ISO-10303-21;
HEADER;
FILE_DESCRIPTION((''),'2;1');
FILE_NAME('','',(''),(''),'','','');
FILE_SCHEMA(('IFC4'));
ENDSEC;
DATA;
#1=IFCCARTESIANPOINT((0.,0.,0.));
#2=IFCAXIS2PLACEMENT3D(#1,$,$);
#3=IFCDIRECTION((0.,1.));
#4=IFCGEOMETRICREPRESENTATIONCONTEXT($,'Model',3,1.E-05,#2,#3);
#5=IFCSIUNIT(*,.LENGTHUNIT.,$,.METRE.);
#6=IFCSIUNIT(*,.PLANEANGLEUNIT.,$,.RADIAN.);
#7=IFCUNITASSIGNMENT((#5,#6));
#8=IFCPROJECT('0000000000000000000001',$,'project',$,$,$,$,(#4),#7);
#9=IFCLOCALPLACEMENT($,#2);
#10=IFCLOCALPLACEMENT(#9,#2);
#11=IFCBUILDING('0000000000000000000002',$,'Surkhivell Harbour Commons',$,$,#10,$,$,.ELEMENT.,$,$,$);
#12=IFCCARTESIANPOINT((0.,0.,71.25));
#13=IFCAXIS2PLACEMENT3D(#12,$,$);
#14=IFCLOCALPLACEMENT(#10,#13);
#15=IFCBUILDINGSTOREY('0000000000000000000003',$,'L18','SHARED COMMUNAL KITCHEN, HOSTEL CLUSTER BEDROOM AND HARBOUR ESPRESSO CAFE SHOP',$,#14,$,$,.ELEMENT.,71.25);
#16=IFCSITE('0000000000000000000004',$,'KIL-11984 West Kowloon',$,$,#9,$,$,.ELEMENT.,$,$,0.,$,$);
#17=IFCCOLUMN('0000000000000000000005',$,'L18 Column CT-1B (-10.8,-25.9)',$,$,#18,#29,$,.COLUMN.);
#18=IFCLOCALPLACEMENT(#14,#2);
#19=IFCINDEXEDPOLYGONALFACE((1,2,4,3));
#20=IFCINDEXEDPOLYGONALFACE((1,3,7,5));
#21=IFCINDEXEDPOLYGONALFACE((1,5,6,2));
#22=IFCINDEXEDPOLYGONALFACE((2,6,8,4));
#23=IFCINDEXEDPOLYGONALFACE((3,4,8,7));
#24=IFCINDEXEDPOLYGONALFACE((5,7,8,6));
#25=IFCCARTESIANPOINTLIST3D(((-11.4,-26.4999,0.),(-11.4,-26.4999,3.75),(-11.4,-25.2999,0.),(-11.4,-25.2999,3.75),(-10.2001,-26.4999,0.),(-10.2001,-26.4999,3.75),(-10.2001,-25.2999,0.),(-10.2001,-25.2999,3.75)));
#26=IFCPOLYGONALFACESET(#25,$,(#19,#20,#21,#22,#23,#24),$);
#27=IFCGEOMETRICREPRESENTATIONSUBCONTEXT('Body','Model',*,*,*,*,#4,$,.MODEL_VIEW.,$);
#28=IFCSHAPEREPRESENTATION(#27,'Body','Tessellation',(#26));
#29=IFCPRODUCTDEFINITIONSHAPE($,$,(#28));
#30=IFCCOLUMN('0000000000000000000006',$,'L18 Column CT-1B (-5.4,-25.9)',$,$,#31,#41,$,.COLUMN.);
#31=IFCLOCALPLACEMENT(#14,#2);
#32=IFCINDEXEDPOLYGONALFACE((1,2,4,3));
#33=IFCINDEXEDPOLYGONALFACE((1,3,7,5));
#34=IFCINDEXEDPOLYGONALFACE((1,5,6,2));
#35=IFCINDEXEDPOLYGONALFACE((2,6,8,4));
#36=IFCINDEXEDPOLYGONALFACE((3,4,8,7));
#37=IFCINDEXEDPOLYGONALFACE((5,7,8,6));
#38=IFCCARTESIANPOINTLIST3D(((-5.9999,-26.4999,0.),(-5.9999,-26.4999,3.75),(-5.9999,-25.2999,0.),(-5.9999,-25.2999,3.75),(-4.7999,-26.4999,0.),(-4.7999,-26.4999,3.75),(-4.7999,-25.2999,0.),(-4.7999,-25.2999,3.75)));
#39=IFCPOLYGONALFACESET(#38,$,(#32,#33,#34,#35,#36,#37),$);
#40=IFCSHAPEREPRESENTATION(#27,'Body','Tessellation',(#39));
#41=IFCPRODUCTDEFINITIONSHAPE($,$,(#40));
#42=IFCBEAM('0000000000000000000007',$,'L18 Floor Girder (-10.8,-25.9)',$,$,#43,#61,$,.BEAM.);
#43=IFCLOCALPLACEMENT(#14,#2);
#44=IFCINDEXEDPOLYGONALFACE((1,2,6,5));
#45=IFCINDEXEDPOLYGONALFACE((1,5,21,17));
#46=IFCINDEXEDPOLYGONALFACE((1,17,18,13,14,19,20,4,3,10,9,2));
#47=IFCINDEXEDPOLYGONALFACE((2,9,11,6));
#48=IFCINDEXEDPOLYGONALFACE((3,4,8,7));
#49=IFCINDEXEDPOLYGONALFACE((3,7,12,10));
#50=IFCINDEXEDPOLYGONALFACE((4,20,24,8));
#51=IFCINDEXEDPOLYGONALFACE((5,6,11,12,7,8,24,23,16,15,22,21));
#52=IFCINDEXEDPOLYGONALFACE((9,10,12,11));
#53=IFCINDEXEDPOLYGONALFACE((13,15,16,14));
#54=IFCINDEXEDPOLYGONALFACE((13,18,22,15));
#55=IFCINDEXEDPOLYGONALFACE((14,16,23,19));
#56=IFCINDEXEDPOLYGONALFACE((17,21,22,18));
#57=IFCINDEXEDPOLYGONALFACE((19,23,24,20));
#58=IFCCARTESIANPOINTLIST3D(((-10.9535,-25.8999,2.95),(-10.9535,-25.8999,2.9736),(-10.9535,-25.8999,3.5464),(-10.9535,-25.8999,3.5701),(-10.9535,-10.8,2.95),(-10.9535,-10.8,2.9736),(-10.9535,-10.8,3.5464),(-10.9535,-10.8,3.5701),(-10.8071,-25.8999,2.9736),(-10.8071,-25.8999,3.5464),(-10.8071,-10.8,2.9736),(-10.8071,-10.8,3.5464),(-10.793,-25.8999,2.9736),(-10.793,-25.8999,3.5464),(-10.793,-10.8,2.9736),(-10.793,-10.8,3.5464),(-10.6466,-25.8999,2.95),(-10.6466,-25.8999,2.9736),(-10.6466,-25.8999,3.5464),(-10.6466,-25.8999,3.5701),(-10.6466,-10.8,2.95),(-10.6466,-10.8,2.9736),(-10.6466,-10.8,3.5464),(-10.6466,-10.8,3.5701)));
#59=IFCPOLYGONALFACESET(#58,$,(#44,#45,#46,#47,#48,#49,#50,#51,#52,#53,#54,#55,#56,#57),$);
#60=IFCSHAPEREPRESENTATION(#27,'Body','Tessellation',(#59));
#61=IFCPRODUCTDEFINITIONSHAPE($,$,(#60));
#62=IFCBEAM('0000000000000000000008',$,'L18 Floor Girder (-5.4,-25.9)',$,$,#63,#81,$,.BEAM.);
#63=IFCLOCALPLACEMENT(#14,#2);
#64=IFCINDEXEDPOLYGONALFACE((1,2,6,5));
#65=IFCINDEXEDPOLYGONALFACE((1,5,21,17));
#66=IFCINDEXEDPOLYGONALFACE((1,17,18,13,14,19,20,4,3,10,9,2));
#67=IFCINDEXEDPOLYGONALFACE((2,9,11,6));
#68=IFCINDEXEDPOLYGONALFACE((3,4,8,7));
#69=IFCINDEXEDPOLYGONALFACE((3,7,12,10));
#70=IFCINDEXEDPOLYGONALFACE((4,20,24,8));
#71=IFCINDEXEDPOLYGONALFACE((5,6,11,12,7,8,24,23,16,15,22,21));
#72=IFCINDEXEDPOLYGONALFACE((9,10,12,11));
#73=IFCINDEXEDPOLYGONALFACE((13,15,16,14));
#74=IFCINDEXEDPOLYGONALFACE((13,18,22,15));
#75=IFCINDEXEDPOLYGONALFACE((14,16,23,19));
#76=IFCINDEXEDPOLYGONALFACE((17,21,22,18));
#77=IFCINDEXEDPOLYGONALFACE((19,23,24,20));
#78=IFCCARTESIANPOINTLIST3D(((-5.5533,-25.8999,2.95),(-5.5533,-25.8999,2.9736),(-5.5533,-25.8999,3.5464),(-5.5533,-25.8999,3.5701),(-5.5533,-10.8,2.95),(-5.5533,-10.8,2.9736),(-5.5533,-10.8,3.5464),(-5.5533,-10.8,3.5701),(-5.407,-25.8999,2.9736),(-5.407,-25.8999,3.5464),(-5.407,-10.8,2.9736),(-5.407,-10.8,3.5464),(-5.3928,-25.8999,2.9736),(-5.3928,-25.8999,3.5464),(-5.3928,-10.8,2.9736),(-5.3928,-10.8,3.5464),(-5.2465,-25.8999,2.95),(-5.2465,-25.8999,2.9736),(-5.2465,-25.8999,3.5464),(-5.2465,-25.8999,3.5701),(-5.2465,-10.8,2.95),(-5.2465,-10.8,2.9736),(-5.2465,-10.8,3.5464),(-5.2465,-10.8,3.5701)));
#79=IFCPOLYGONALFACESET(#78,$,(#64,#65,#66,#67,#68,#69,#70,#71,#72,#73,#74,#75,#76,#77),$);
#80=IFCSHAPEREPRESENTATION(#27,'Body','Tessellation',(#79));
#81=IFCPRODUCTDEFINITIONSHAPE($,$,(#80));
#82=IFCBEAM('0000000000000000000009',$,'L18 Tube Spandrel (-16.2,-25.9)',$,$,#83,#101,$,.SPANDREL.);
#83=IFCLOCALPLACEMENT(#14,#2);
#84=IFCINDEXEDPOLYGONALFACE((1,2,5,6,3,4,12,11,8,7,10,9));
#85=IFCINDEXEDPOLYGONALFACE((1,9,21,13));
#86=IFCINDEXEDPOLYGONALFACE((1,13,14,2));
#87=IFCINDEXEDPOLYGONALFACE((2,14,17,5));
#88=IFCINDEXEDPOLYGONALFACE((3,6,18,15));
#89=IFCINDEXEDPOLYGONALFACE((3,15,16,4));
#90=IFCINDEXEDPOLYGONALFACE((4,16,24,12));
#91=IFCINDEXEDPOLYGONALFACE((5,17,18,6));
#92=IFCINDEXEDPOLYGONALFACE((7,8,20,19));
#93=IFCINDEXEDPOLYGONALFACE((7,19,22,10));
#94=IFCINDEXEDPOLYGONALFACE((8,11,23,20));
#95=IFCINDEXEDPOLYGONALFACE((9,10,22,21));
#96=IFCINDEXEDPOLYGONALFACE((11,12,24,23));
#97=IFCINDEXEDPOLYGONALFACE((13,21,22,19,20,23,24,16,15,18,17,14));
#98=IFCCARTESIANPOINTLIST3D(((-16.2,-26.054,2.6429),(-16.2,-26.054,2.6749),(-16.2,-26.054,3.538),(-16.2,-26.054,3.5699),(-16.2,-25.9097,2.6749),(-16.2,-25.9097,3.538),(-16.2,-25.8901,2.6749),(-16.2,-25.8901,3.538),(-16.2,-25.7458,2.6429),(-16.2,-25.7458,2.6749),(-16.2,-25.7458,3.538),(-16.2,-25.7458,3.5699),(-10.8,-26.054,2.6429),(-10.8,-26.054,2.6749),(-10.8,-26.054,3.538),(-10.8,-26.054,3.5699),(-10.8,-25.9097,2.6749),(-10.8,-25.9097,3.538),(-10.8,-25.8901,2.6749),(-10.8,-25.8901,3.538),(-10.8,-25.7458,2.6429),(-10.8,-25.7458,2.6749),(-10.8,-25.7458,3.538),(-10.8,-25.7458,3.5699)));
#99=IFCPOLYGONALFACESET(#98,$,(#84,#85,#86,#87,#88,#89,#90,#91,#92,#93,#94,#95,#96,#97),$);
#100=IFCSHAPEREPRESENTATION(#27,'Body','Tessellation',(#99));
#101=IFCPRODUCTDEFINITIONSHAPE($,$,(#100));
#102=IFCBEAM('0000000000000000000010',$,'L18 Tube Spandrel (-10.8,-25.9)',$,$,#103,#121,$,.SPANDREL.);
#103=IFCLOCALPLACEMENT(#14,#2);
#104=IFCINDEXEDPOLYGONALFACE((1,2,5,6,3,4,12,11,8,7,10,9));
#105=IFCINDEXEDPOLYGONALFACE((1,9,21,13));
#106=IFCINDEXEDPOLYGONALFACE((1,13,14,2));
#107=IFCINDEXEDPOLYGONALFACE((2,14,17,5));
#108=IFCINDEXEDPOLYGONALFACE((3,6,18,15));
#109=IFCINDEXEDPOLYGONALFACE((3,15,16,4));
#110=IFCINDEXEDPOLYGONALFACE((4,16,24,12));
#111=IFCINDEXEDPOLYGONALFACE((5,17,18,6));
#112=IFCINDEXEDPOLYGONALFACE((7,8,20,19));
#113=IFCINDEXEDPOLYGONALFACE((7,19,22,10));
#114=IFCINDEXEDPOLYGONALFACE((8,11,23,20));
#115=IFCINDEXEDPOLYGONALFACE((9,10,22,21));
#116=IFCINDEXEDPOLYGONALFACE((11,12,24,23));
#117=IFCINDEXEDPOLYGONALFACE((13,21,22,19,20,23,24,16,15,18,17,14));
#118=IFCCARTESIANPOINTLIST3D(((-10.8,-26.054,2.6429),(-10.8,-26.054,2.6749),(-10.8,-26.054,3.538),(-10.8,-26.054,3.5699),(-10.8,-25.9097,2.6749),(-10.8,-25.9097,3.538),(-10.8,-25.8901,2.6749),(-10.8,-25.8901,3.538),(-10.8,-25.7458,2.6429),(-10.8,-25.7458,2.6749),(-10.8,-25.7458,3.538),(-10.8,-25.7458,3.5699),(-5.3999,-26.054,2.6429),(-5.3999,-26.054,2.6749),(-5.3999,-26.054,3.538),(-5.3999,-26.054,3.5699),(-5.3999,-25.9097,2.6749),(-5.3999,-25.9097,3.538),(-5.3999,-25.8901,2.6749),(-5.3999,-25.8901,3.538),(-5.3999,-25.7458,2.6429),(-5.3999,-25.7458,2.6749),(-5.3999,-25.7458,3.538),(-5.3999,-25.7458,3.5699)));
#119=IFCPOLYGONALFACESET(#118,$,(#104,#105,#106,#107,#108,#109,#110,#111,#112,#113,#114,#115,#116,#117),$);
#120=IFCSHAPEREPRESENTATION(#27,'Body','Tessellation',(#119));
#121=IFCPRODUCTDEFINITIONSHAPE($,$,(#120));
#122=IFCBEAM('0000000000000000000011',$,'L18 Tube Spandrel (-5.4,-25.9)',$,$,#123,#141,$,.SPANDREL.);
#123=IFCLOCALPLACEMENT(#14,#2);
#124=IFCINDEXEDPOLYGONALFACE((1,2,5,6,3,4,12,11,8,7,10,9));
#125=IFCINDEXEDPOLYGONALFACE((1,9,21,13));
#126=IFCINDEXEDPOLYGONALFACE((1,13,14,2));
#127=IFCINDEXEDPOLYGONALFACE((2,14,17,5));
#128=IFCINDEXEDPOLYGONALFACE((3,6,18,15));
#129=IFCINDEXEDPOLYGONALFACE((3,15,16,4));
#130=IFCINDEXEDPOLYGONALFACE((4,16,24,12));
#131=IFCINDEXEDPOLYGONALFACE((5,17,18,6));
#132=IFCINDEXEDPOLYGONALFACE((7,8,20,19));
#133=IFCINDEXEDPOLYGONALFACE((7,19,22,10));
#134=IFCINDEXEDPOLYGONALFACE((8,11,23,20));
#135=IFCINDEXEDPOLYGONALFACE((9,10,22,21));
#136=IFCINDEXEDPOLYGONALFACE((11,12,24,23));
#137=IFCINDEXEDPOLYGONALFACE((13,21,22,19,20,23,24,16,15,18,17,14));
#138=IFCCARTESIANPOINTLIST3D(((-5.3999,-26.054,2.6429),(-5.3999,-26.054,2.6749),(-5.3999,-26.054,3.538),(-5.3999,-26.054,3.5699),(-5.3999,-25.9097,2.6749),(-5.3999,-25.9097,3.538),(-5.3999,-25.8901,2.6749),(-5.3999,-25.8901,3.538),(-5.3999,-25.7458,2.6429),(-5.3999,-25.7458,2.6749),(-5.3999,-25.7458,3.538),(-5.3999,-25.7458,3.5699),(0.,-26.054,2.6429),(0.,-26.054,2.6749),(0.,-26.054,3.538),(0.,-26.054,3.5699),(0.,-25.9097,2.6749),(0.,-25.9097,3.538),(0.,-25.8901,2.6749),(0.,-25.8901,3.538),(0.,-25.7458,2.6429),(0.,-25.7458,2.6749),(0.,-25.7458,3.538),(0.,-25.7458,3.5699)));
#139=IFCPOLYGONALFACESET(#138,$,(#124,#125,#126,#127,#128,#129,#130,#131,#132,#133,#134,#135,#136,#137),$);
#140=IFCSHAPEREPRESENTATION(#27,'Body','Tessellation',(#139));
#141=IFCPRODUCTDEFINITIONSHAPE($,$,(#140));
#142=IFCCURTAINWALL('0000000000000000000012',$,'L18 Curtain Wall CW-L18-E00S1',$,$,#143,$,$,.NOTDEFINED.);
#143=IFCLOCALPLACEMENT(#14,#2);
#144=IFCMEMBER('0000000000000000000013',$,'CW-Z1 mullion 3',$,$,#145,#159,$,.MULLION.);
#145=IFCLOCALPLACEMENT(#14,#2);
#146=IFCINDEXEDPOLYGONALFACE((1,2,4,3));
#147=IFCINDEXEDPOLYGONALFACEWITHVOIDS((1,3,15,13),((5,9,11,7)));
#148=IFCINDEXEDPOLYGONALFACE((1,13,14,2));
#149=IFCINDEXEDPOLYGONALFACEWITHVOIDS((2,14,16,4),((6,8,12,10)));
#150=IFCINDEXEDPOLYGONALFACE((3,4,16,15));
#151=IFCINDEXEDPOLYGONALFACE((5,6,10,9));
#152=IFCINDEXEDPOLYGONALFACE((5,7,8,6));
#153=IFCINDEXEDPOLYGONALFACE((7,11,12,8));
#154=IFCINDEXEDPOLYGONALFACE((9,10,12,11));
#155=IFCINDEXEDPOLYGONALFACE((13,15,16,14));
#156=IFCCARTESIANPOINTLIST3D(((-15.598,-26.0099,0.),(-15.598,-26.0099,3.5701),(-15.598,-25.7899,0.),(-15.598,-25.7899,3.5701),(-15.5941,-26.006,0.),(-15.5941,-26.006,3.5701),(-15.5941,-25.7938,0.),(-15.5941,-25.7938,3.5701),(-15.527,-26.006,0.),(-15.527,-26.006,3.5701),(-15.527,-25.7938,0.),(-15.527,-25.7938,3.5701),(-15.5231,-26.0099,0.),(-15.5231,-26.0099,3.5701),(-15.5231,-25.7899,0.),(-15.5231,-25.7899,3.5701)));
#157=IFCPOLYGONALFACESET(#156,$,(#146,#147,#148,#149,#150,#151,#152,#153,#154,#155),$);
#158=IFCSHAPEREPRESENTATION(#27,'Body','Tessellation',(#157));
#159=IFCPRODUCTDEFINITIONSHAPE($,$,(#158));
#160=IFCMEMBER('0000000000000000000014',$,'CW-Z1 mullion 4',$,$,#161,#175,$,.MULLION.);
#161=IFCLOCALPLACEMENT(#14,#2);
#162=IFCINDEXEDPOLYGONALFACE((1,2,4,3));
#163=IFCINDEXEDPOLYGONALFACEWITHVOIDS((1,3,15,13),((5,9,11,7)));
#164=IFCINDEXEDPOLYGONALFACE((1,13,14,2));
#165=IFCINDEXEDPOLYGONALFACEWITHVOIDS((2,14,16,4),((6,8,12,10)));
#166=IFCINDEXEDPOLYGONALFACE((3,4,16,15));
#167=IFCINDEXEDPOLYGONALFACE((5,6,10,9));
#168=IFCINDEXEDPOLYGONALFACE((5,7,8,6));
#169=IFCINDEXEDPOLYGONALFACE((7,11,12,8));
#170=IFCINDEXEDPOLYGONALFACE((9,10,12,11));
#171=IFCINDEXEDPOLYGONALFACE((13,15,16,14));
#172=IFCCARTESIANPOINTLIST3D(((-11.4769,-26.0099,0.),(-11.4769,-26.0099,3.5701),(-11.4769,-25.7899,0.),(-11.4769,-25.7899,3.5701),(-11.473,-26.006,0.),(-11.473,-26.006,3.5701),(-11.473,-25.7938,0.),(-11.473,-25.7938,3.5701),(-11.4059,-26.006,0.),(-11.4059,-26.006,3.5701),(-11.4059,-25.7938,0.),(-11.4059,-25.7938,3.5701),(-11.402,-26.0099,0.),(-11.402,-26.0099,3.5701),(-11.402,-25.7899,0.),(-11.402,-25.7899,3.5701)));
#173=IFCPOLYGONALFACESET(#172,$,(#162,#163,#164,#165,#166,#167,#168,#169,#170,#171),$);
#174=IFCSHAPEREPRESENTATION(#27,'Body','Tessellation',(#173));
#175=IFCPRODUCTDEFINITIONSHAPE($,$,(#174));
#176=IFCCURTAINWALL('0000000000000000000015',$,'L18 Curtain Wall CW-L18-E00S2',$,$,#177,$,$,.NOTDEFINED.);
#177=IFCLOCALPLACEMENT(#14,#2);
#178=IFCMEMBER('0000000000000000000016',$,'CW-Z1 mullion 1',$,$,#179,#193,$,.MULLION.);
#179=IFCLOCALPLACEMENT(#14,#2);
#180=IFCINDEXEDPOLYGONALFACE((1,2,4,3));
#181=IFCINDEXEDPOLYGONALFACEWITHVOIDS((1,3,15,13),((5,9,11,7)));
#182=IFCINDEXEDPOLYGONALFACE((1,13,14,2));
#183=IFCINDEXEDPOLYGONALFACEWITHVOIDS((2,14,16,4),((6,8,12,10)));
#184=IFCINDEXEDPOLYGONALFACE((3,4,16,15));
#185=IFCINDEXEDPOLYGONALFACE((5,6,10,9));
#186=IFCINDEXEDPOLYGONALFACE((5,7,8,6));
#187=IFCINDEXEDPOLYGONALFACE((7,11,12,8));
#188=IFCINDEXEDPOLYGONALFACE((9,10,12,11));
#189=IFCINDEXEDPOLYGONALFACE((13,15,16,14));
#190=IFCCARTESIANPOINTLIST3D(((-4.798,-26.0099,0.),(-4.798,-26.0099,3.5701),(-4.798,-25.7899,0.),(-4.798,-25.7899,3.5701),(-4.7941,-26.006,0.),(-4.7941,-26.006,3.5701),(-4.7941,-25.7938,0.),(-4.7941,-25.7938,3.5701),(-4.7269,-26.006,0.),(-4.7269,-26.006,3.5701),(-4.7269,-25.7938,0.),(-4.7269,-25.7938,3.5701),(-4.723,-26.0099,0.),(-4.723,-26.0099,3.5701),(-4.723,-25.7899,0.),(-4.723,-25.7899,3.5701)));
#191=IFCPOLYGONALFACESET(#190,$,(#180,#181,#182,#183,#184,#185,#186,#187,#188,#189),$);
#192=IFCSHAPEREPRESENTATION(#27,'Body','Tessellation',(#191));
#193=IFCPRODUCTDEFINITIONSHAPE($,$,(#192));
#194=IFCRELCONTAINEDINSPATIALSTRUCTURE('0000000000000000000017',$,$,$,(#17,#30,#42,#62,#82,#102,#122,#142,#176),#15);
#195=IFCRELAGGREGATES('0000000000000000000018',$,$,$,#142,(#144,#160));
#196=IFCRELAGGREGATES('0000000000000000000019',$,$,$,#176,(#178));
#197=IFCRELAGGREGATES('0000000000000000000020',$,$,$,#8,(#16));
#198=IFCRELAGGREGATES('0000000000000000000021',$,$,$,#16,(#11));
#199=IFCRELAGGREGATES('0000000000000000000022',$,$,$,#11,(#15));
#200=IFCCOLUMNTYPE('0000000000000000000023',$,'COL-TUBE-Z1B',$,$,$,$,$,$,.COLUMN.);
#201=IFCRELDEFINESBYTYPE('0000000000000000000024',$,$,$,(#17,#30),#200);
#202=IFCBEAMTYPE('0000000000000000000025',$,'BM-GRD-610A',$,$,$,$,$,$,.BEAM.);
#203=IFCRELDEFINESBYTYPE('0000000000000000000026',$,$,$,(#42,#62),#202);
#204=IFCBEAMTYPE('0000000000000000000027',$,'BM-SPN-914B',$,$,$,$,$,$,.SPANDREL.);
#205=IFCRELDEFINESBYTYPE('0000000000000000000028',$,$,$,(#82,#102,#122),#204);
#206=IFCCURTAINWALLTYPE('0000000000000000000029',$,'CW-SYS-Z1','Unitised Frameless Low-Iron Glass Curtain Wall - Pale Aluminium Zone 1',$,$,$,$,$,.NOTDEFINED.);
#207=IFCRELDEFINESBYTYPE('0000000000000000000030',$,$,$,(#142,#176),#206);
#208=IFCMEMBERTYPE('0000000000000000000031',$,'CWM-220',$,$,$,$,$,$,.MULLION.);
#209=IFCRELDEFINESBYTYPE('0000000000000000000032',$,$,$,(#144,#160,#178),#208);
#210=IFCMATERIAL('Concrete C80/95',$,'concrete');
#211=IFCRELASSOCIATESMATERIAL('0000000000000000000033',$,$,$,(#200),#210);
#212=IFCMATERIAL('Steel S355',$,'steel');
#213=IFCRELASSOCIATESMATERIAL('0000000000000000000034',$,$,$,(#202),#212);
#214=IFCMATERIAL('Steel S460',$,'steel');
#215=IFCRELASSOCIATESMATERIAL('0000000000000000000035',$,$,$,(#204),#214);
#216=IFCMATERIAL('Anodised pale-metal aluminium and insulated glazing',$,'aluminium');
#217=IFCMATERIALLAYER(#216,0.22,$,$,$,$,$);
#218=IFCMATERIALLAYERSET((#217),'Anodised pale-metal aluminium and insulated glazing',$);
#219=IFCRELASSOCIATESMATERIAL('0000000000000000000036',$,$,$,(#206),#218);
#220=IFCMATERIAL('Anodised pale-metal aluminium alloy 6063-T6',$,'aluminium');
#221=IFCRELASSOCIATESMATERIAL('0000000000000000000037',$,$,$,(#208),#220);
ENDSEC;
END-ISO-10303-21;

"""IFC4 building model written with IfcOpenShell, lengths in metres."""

from ifc_helpers import new_model, si_unit, direction, frame, origin, origin_2d, place, context, subcontext, project, spatial, rectangle, hollow_rectangle, i_section, extrude, material, layer, layer_set, material_profile, profile_set, type_object, element, aggregate, save


model = new_model("IFC4")

# Units and contexts
model_context = context("Model", 3, precision=1e-05, world=origin(), true_north=direction((0.0, 1.0)))
body_context = subcontext(model_context, "Body", "Model", "MODEL_VIEW")
ifc_project = project(units=[si_unit("LENGTHUNIT", "METRE"), si_unit("PLANEANGLEUNIT", "RADIAN")], contexts=[model_context])

# Site, building, storey
site_placement = place(None, origin())
site = spatial("IfcSite", under=ifc_project, at=site_placement, Name="KIL-11984 West Kowloon", CompositionType="ELEMENT", RefElevation=0.0)
building_placement = place(site_placement, origin())
building = spatial("IfcBuilding", under=site, at=building_placement, Name="Surkhivell Harbour Commons", CompositionType="ELEMENT")
storey_placement = place(building_placement, frame((0.0, 0.0, 71.25)))
storey = spatial("IfcBuildingStorey", under=building, at=storey_placement, Name="L18", Description="SHARED COMMUNAL KITCHEN, HOSTEL CLUSTER BEDROOM AND HARBOUR ESPRESSO CAFE SHOP", CompositionType="ELEMENT", Elevation=71.25)

# Columns
ifc_material_1 = material(Name="Concrete C80/95", Category="concrete")
ifc_material_profile_1 = material_profile(ifc_material_1, rectangle(XDim=1.2, YDim=1.2, at=origin_2d()), Name="RC-COL-1200x1200")
ifc_profile_set_1 = profile_set([ifc_material_profile_1], Name="Concrete C80/95")
column_type = type_object("IfcColumnType", Name="COL-TUBE-Z1B", PredefinedType="COLUMN", material=ifc_profile_set_1)
for number, where, z_axis, x_axis, name in (
    (1, (-10.8, -25.8999, 0.0), (0.0, 0.0, 1.0), (1.0, 0.0, 0.0), "L18 Column CT-1B (-10.8,-25.9)"),
    (2, (-5.3999, -25.8999, 0.0), (0.0, 0.0, 1.0), (1.0, 0.0, 0.0), "L18 Column CT-1B (-5.4,-25.9)"),
):
    element("IfcColumn", number, at=place(storey_placement, frame(where, z_axis=z_axis, x_axis=x_axis)), inside=storey, type_object=column_type, Name=name, PredefinedType="COLUMN", context=body_context, shape_type="SweptSolid", body=[
        extrude(rectangle(XDim=1.2, YDim=1.2, at=origin_2d()), origin(), (0.0, 0.0, 1.0), 3.75),
    ])

# Beams
ifc_material_2 = material(Name="Steel S355", Category="steel")
ifc_material_profile_2 = material_profile(ifc_material_2, i_section(OverallWidth=0.3069, OverallDepth=0.6201, WebThickness=0.0142, FlangeThickness=0.0237, at=origin_2d()), Name="UB610x305x179")
ifc_profile_set_2 = profile_set([ifc_material_profile_2], Name="Steel S355")
beam_type_1 = type_object("IfcBeamType", Name="BM-GRD-610A", PredefinedType="BEAM", material=ifc_profile_set_2)
for number, where, z_axis, x_axis, name in (
    (3, (-10.8, -25.8999, 3.26), (0.0, 1.0, 0.0), (-1.0, 0.0, 0.0), "L18 Floor Girder (-10.8,-25.9)"),
    (4, (-5.3999, -25.8999, 3.26), (0.0, 1.0, 0.0), (-1.0, 0.0, 0.0), "L18 Floor Girder (-5.4,-25.9)"),
):
    element("IfcBeam", number, at=place(storey_placement, frame(where, z_axis=z_axis, x_axis=x_axis)), inside=storey, type_object=beam_type_1, Name=name, PredefinedType="BEAM", context=body_context, shape_type="SweptSolid", body=[
        extrude(i_section(OverallWidth=0.3069, OverallDepth=0.6201, WebThickness=0.0142, FlangeThickness=0.0237, at=origin_2d()), origin(), (0.0, 0.0, 1.0), 15.0999),
    ])
ifc_material_3 = material(Name="Steel S460", Category="steel")
ifc_material_profile_3 = material_profile(ifc_material_3, i_section(OverallWidth=0.3081, OverallDepth=0.927, WebThickness=0.0195, FlangeThickness=0.032, at=origin_2d()), Name="UB914x305x289")
ifc_profile_set_3 = profile_set([ifc_material_profile_3], Name="Steel S460")
beam_type_2 = type_object("IfcBeamType", Name="BM-SPN-914B", PredefinedType="SPANDREL", material=ifc_profile_set_3)
beam_1_placement = place(storey_placement, frame((-16.2, -25.8999, 3.1064), z_axis=(1.0, 0.0, 0.0), x_axis=(0.0, 1.0, 0.0)))
element("IfcBeam", 5, at=beam_1_placement, inside=storey, type_object=beam_type_2, Name="L18 Tube Spandrel (-16.2,-25.9)", PredefinedType="SPANDREL", context=body_context, shape_type="SweptSolid", body=[
    extrude(i_section(OverallWidth=0.3081, OverallDepth=0.927, WebThickness=0.0195, FlangeThickness=0.032, at=origin_2d()), origin(), (0.0, 0.0, 1.0), 5.3999),
])
beam_2_placement = place(storey_placement, frame((-10.8, -25.8999, 3.1064), z_axis=(1.0, 0.0, 0.0), x_axis=(0.0, 1.0, 0.0)))
element("IfcBeam", 6, at=beam_2_placement, inside=storey, type_object=beam_type_2, Name="L18 Tube Spandrel (-10.8,-25.9)", PredefinedType="SPANDREL", context=body_context, shape_type="SweptSolid", body=[
    extrude(i_section(OverallWidth=0.3081, OverallDepth=0.927, WebThickness=0.0195, FlangeThickness=0.032, at=origin_2d()), origin(), (0.0, 0.0, 1.0), 5.4001),
])
beam_3_placement = place(storey_placement, frame((-5.3999, -25.8999, 3.1064), z_axis=(1.0, 0.0, 0.0), x_axis=(0.0, 1.0, 0.0)))
element("IfcBeam", 7, at=beam_3_placement, inside=storey, type_object=beam_type_2, Name="L18 Tube Spandrel (-5.4,-25.9)", PredefinedType="SPANDREL", context=body_context, shape_type="SweptSolid", body=[
    extrude(i_section(OverallWidth=0.3081, OverallDepth=0.927, WebThickness=0.0195, FlangeThickness=0.032, at=origin_2d()), origin(), (0.0, 0.0, 1.0), 5.3999),
])

# Curtain wall, members
ifc_material_4 = material(Name="Anodised pale-metal aluminium and insulated glazing", Category="aluminium")
ifc_layer_1 = layer(ifc_material_4, 0.22)
ifc_layer_set_1 = layer_set([ifc_layer_1], Name="Anodised pale-metal aluminium and insulated glazing")
curtain_wall_type = type_object("IfcCurtainWallType", Name="CW-SYS-Z1", Description="Unitised Frameless Low-Iron Glass Curtain Wall - Pale Aluminium Zone 1", PredefinedType="NOTDEFINED", material=ifc_layer_set_1)
curtain_wall_1_placement = place(storey_placement, origin())
curtain_wall_1 = element("IfcCurtainWall", 8, at=curtain_wall_1_placement, inside=storey, type_object=curtain_wall_type, Name="L18 Curtain Wall CW-L18-E00S1", PredefinedType="NOTDEFINED")
ifc_material_5 = material(Name="Anodised pale-metal aluminium alloy 6063-T6", Category="aluminium")
ifc_material_profile_4 = material_profile(ifc_material_5, hollow_rectangle(XDim=0.075, YDim=0.22, WallThickness=0.0039, at=origin_2d()), Name="ALU-MULL-75x220")
ifc_profile_set_4 = profile_set([ifc_material_profile_4], Name="Anodised pale-metal aluminium alloy 6063-T6")
member_type_1 = type_object("IfcMemberType", Name="CWM-220", PredefinedType="MULLION", material=ifc_profile_set_4)
member_1_placement = place(storey_placement, frame((-15.5605, -25.8999, 0.0), z_axis=(0.0, 0.0, 1.0), x_axis=(1.0, 0.0, 0.0)))
member_1 = element("IfcMember", 9, at=member_1_placement, type_object=member_type_1, Name="CW-Z1 mullion 3", PredefinedType="MULLION", context=body_context, shape_type="SweptSolid", body=[
    extrude(hollow_rectangle(XDim=0.075, YDim=0.22, WallThickness=0.0039, at=origin_2d()), origin(), (0.0, 0.0, 1.0), 3.5701),
])
member_2_placement = place(storey_placement, frame((-11.4395, -25.8999, 0.0), z_axis=(0.0, 0.0, 1.0), x_axis=(1.0, 0.0, 0.0)))
member_2 = element("IfcMember", 10, at=member_2_placement, type_object=member_type_1, Name="CW-Z1 mullion 4", PredefinedType="MULLION", context=body_context, shape_type="SweptSolid", body=[
    extrude(hollow_rectangle(XDim=0.075, YDim=0.22, WallThickness=0.0039, at=origin_2d()), origin(), (0.0, 0.0, 1.0), 3.5701),
])

# Curtain wall, member
curtain_wall_2_placement = place(storey_placement, origin())
curtain_wall_2 = element("IfcCurtainWall", 11, at=curtain_wall_2_placement, inside=storey, type_object=curtain_wall_type, Name="L18 Curtain Wall CW-L18-E00S2", PredefinedType="NOTDEFINED")
member_3_placement = place(storey_placement, frame((-4.7605, -25.8999, 0.0), z_axis=(0.0, 0.0, 1.0), x_axis=(1.0, 0.0, 0.0)))
member_3 = element("IfcMember", 12, at=member_3_placement, type_object=member_type_1, Name="CW-Z1 mullion 1", PredefinedType="MULLION", context=body_context, shape_type="SweptSolid", body=[
    extrude(hollow_rectangle(XDim=0.075, YDim=0.22, WallThickness=0.0039, at=origin_2d()), origin(), (0.0, 0.0, 1.0), 3.5701),
])

aggregate(curtain_wall_1, [member_1, member_2])
aggregate(curtain_wall_2, [member_3])

save(model, "model.ifc")
